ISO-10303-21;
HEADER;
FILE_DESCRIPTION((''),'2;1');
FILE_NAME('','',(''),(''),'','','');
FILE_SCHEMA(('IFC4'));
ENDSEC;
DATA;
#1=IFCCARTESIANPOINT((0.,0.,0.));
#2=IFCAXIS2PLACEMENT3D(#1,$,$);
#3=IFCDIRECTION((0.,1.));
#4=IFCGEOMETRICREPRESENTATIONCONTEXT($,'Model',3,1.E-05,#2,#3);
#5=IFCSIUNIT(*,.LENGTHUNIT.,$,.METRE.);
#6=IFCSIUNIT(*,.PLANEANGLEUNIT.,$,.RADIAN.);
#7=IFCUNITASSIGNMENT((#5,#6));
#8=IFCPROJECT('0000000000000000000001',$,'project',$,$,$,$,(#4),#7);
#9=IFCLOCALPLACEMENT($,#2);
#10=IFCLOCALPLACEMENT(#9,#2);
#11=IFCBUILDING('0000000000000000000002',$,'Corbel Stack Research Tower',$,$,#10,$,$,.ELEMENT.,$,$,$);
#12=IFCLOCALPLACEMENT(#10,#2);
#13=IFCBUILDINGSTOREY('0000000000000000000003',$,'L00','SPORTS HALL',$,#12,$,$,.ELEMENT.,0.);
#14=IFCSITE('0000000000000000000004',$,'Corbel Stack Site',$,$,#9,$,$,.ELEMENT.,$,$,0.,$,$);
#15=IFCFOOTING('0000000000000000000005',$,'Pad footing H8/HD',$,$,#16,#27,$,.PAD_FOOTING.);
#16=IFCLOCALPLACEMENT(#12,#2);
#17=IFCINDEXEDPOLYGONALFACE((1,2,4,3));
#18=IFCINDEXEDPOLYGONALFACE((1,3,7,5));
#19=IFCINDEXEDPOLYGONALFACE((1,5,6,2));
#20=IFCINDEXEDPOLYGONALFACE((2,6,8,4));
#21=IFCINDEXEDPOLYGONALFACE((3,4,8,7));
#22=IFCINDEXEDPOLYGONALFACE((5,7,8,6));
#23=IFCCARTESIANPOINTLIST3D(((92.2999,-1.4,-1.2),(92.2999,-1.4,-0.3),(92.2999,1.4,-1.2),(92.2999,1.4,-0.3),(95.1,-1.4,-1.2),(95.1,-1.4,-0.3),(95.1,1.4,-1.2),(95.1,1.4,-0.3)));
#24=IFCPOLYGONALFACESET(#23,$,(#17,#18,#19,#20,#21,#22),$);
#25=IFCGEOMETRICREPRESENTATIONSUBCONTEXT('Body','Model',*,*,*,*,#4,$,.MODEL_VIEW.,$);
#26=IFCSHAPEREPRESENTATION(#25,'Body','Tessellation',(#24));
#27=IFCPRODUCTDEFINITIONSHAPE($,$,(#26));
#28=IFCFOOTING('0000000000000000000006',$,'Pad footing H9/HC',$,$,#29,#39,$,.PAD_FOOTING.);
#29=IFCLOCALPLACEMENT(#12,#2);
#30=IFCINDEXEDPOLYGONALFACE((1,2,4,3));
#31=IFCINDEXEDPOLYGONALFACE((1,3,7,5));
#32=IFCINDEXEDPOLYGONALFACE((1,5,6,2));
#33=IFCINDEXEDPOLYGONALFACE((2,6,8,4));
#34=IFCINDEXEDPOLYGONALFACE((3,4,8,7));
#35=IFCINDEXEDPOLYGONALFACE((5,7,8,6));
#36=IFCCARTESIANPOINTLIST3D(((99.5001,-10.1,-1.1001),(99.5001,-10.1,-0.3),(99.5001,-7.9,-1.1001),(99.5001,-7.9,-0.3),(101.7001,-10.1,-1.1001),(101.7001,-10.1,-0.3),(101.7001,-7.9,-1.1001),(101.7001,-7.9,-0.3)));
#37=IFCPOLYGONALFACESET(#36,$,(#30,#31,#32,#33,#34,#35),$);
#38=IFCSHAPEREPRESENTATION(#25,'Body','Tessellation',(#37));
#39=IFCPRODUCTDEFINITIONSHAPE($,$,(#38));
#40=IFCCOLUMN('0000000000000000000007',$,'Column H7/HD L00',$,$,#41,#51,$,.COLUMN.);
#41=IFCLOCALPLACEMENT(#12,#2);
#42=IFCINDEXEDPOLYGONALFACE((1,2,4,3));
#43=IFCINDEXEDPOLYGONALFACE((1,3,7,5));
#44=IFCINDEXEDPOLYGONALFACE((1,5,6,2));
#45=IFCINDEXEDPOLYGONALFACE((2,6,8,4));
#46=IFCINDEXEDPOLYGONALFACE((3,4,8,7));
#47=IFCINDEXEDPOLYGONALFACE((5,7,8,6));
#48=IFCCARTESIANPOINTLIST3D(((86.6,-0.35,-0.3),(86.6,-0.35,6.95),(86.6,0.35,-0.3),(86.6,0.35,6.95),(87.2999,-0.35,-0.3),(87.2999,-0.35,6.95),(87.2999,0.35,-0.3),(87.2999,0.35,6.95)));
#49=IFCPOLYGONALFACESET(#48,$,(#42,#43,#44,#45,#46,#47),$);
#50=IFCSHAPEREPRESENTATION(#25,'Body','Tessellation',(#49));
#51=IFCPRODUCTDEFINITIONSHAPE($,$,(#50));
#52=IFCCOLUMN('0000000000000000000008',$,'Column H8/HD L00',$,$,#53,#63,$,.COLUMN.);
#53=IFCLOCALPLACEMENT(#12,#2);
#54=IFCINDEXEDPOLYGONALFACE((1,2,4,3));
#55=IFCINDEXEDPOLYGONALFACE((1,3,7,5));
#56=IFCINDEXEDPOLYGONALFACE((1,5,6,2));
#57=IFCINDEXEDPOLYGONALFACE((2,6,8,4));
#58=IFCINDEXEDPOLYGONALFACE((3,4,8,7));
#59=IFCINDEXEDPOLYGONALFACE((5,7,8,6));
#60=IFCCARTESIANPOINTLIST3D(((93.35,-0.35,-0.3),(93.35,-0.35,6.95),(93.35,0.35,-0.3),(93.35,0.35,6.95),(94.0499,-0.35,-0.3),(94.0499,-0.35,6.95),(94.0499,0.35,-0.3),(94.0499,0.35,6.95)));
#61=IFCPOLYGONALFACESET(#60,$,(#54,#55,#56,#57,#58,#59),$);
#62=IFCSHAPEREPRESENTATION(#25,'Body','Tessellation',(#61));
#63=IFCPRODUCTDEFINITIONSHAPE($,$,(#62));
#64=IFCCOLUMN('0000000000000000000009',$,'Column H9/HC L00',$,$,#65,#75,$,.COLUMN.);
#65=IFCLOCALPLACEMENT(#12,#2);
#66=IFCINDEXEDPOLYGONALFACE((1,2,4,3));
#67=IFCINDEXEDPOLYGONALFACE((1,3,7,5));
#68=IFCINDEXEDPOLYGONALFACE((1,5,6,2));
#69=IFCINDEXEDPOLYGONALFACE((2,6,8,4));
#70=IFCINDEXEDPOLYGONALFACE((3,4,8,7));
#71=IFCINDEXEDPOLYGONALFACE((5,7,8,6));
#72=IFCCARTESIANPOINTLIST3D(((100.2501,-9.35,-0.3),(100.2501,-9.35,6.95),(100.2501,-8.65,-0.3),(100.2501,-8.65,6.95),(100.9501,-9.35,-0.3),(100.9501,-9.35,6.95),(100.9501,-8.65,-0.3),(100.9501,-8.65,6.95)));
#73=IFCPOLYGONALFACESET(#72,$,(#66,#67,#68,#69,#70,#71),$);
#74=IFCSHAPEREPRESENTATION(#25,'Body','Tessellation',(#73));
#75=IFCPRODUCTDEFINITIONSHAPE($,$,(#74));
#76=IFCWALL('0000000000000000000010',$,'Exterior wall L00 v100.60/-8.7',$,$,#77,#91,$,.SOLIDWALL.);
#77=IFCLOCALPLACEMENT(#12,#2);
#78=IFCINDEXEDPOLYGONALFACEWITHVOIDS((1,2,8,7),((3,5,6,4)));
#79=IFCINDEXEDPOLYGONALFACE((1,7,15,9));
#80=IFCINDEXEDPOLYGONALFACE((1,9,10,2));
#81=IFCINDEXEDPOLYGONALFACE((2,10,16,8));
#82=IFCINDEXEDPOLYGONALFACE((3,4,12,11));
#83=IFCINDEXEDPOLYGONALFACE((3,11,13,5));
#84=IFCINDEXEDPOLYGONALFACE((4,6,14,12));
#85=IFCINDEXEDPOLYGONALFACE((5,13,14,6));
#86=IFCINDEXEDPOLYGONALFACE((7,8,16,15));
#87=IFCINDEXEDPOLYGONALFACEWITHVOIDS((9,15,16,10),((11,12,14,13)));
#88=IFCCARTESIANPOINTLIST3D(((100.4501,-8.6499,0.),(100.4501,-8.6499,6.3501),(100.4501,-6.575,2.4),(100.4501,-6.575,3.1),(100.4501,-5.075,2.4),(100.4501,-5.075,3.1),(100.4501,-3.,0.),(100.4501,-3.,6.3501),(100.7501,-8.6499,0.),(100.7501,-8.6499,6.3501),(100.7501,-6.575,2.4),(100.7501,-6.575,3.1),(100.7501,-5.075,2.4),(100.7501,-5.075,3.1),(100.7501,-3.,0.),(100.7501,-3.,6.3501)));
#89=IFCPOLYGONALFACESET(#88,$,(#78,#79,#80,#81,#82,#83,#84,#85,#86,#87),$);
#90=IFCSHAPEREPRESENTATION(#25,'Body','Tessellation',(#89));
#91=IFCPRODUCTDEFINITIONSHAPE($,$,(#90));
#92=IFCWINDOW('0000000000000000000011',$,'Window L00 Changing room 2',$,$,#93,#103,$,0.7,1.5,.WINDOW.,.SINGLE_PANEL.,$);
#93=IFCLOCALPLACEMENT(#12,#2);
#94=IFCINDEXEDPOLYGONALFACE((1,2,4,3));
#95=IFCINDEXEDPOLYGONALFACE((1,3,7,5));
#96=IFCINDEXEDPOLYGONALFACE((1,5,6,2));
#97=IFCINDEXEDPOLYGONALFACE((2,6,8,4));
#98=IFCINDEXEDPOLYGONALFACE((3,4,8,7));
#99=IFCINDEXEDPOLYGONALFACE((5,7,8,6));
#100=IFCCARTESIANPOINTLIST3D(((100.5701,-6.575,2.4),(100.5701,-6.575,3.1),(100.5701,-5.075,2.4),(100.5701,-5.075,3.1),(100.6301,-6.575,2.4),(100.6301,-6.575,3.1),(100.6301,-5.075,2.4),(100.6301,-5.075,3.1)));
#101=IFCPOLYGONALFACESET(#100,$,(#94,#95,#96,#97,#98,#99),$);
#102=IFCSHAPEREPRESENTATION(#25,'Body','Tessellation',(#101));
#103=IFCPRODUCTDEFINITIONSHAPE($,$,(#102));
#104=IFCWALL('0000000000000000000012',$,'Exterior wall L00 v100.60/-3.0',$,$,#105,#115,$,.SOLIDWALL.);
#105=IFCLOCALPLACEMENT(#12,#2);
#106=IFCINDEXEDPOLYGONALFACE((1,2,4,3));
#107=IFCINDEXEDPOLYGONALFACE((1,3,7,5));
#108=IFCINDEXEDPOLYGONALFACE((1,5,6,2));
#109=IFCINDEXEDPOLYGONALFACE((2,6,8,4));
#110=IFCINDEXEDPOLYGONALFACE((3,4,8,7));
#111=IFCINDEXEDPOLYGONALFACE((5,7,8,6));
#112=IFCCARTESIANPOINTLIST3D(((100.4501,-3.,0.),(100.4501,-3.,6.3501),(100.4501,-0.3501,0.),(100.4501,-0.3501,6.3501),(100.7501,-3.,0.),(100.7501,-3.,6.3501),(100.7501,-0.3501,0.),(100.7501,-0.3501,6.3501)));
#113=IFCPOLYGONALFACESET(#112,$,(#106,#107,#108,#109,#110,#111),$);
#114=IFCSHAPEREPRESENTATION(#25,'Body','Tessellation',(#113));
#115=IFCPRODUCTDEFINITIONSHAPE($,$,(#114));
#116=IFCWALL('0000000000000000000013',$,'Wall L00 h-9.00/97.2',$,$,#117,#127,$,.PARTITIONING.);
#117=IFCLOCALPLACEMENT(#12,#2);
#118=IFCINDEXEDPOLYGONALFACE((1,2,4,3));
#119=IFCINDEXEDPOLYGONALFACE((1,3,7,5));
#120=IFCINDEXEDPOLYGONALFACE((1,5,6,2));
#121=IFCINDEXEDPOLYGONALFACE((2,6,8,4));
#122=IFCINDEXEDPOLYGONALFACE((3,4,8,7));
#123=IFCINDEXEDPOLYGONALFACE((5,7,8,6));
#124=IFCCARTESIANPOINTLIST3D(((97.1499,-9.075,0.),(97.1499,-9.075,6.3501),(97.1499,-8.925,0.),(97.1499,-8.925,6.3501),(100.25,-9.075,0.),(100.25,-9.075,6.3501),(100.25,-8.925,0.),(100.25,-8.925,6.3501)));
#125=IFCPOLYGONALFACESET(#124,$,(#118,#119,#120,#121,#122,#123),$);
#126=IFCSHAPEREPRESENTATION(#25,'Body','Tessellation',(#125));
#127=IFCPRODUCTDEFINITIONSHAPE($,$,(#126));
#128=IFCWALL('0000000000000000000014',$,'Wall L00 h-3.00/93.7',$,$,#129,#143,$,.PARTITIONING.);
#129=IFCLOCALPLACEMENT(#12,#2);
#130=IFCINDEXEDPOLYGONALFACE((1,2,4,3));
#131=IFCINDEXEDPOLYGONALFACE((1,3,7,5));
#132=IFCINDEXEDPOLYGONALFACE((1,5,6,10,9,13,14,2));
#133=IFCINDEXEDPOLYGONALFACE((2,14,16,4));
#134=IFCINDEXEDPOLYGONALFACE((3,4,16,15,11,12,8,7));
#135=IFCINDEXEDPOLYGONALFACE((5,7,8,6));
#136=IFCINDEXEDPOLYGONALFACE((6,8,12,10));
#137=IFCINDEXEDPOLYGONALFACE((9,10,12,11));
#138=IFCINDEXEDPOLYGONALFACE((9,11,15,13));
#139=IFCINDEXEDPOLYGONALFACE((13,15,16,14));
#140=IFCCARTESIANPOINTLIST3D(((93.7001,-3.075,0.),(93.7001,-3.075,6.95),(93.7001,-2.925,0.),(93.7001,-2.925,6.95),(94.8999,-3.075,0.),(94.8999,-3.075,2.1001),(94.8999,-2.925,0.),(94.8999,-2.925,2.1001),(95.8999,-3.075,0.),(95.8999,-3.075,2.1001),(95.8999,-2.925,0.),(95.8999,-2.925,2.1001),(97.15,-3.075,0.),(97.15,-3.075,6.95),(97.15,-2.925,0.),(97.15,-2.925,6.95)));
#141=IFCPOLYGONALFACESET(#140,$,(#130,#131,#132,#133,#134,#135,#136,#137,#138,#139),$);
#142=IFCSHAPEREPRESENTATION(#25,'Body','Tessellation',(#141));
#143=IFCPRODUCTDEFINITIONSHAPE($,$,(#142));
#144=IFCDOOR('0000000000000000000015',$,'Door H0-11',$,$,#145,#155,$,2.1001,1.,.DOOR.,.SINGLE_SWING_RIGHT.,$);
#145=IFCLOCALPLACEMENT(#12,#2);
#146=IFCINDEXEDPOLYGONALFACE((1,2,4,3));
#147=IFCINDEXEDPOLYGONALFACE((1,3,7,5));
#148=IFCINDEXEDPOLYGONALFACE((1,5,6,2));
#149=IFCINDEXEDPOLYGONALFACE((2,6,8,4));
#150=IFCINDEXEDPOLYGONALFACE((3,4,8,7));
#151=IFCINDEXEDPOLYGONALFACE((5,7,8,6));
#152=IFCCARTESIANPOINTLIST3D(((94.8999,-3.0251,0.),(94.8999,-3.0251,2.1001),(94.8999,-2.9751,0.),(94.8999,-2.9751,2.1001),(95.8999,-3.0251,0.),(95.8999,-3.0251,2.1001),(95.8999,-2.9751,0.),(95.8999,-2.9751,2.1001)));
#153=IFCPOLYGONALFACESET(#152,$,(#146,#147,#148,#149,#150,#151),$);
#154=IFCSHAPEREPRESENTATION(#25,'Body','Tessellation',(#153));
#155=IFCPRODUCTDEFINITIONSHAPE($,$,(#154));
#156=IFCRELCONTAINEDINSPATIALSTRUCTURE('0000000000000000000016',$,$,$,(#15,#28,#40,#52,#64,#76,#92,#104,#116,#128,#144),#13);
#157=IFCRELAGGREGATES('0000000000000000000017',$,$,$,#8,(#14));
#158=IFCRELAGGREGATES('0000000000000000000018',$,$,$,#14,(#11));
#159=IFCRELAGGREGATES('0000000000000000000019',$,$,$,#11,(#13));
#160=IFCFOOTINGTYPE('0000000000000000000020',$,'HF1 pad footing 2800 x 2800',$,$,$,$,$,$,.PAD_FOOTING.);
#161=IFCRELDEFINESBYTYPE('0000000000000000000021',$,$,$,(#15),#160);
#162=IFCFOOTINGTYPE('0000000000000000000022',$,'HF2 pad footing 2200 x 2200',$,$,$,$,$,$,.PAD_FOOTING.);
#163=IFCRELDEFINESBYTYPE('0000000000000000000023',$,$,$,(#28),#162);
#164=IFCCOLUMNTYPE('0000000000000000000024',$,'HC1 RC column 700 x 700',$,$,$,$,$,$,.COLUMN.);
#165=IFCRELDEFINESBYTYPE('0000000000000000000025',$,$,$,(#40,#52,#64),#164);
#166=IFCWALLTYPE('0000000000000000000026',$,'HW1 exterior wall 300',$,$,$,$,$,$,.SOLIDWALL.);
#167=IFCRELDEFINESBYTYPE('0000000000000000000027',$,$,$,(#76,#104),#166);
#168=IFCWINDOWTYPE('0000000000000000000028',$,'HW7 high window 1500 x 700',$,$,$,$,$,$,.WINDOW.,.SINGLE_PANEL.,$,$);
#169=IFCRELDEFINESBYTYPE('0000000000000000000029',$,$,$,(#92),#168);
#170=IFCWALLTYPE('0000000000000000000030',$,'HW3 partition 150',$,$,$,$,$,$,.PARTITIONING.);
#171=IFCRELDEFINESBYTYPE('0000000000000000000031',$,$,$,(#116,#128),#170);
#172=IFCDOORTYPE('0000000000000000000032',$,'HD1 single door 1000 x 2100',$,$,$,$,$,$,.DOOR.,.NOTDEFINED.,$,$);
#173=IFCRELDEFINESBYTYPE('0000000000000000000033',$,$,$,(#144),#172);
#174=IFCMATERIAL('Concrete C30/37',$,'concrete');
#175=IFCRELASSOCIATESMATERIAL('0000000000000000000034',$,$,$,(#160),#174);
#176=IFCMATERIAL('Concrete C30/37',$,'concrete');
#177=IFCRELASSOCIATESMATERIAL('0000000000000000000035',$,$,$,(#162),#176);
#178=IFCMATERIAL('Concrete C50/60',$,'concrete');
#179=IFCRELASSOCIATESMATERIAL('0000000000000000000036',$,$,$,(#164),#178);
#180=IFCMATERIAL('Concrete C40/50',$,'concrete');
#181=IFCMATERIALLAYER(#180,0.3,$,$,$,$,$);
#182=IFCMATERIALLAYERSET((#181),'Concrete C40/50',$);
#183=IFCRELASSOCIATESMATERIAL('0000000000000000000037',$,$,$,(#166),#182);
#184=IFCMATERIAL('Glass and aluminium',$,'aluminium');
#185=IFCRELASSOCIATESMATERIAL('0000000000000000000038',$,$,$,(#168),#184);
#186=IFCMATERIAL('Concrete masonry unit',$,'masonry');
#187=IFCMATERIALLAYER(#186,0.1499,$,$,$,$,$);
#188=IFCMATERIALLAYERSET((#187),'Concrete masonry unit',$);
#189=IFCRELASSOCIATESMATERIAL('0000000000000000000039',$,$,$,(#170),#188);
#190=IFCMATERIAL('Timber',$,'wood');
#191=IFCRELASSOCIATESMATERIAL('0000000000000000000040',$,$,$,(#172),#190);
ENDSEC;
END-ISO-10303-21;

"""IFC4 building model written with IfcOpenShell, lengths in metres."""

from ifc_helpers import new_model, si_unit, direction, frame, frame_2d, origin, origin_2d, place, context, subcontext, project, spatial, rectangle, extrude, material, layer, layer_set, material_profile, profile_set, type_object, element, fill, save


model = new_model("IFC4")

# Units and contexts
model_context = context("Model", 3, precision=1e-05, world=origin(), true_north=direction((0.0, 1.0)))
body_context = subcontext(model_context, "Body", "Model", "MODEL_VIEW")
ifc_project = project(units=[si_unit("LENGTHUNIT", "METRE"), si_unit("PLANEANGLEUNIT", "RADIAN")], contexts=[model_context])

# Site, building, storey
site_placement = place(None, origin())
site = spatial("IfcSite", under=ifc_project, at=site_placement, Name="Corbel Stack Site", CompositionType="ELEMENT", RefElevation=0.0)
building_placement = place(site_placement, origin())
building = spatial("IfcBuilding", under=site, at=building_placement, Name="Corbel Stack Research Tower", CompositionType="ELEMENT")
storey_placement = place(building_placement, origin())
storey = spatial("IfcBuildingStorey", under=building, at=storey_placement, Name="L00", Description="SPORTS HALL", CompositionType="ELEMENT", Elevation=0.0)

# Footings
ifc_material_1 = material(Name="Concrete C30/37", Category="concrete")
footing_type_1 = type_object("IfcFootingType", Name="HF1 pad footing 2800 x 2800", PredefinedType="PAD_FOOTING", material=ifc_material_1)
footing_1_placement = place(storey_placement, frame((93.7, 0.0, -1.2), z_axis=(0.0, 0.0, 1.0), x_axis=(1.0, 0.0, 0.0)))
element("IfcFooting", 1, at=footing_1_placement, inside=storey, type_object=footing_type_1, Name="Pad footing H8/HD", PredefinedType="PAD_FOOTING", context=body_context, shape_type="SweptSolid", body=[
    extrude(rectangle(XDim=2.8, YDim=2.8, at=origin_2d()), origin(), (0.0, 0.0, 1.0), 0.8999),
])
ifc_material_2 = material(Name="Concrete C30/37", Category="concrete")
footing_type_2 = type_object("IfcFootingType", Name="HF2 pad footing 2200 x 2200", PredefinedType="PAD_FOOTING", material=ifc_material_2)
footing_2_placement = place(storey_placement, frame((100.6001, -9.0, -1.1001), z_axis=(0.0, 0.0, 1.0), x_axis=(1.0, 0.0, 0.0)))
element("IfcFooting", 2, at=footing_2_placement, inside=storey, type_object=footing_type_2, Name="Pad footing H9/HC", PredefinedType="PAD_FOOTING", context=body_context, shape_type="SweptSolid", body=[
    extrude(rectangle(XDim=2.2, YDim=2.2, at=origin_2d()), origin(), (0.0, 0.0, 1.0), 0.8),
])

# Columns
ifc_material_3 = material(Name="Concrete C50/60", Category="concrete")
ifc_material_profile = material_profile(ifc_material_3, rectangle(XDim=0.7, YDim=0.7, at=origin_2d()), Name="RC 700 x 700")
ifc_profile_set = profile_set([ifc_material_profile], Name="Concrete C50/60")
column_type = type_object("IfcColumnType", Name="HC1 RC column 700 x 700", PredefinedType="COLUMN", material=ifc_profile_set)
for number, where, z_axis, x_axis, name in (
    (3, (86.95, 0.0, -0.3), (0.0, 0.0, 1.0), (1.0, 0.0, 0.0), "Column H7/HD L00"),
    (4, (93.7, 0.0, -0.3), (0.0, 0.0, 1.0), (1.0, 0.0, 0.0), "Column H8/HD L00"),
    (5, (100.6001, -9.0, -0.3), (0.0, 0.0, 1.0), (1.0, 0.0, 0.0), "Column H9/HC L00"),
):
    element("IfcColumn", number, at=place(storey_placement, frame(where, z_axis=z_axis, x_axis=x_axis)), inside=storey, type_object=column_type, Name=name, PredefinedType="COLUMN", context=body_context, shape_type="SweptSolid", body=[
        extrude(rectangle(XDim=0.7, YDim=0.7, at=origin_2d()), origin(), (0.0, 0.0, 1.0), 7.25),
    ])

# Wall, opening, window
ifc_material_4 = material(Name="Concrete C40/50", Category="concrete")
ifc_layer_1 = layer(ifc_material_4, 0.3)
ifc_layer_set_1 = layer_set([ifc_layer_1], Name="Concrete C40/50")
wall_type_1 = type_object("IfcWallType", Name="HW1 exterior wall 300", PredefinedType="SOLIDWALL", material=ifc_layer_set_1)
wall_1_placement = place(storey_placement, frame((100.6001, -8.6499, 0.0), z_axis=(0.0, 0.0, 1.0), x_axis=(0.0, 1.0, 0.0)))
wall_1 = element("IfcWall", 6, at=wall_1_placement, inside=storey, type_object=wall_type_1, Name="Exterior wall L00 v100.60/-8.7", PredefinedType="SOLIDWALL", context=body_context, shape_type="SweptSolid", body=[
    extrude(rectangle(XDim=5.6499, YDim=0.3, at=frame_2d((2.825, 0.0))), origin(), (0.0, 0.0, 1.0), 6.3501),
])
opening_1_placement = place(wall_1_placement, frame((2.075, 0.0, 2.3999)))
opening_1 = element("IfcOpeningElement", 7, at=opening_1_placement, cuts=wall_1, PredefinedType="OPENING", context=body_context, shape_type="SweptSolid", body=[
    extrude(rectangle(XDim=1.5, YDim=0.7, at=frame_2d((0.75, 0.3501))), frame((0.0, 0.1599, 0.0), z_axis=(0.0, -1.0, 0.0), x_axis=(1.0, 0.0, 0.0)), (0.0, 0.0, 1.0), 0.3201),
])
ifc_material_5 = material(Name="Glass and aluminium", Category="aluminium")
window_type = type_object("IfcWindowType", Name="HW7 high window 1500 x 700", PartitioningType="SINGLE_PANEL", PredefinedType="WINDOW", material=ifc_material_5)
window_placement = place(opening_1_placement, origin())
window = element("IfcWindow", 8, at=window_placement, inside=storey, type_object=window_type, Name="Window L00 Changing room 2", OverallHeight=0.7, OverallWidth=1.5, PartitioningType="SINGLE_PANEL", PredefinedType="WINDOW", context=body_context, shape_type="SweptSolid", body=[
    extrude(rectangle(XDim=1.5, YDim=0.7, at=frame_2d((0.75, 0.3501))), frame((0.0, 0.03, 0.0), z_axis=(0.0, -1.0, 0.0), x_axis=(1.0, 0.0, 0.0)), (0.0, 0.0, 1.0), 0.0601),
])
fill(opening_1, window)

# Walls
wall_2_placement = place(storey_placement, frame((100.6001, -3.0, 0.0), z_axis=(0.0, 0.0, 1.0), x_axis=(0.0, 1.0, 0.0)))
element("IfcWall", 9, at=wall_2_placement, inside=storey, type_object=wall_type_1, Name="Exterior wall L00 v100.60/-3.0", PredefinedType="SOLIDWALL", context=body_context, shape_type="SweptSolid", body=[
    extrude(rectangle(XDim=2.6499, YDim=0.3, at=frame_2d((1.325, 0.0))), origin(), (0.0, 0.0, 1.0), 6.3501),
])
ifc_material_6 = material(Name="Concrete masonry unit", Category="masonry")
ifc_layer_2 = layer(ifc_material_6, 0.1499)
ifc_layer_set_2 = layer_set([ifc_layer_2], Name="Concrete masonry unit")
wall_type_2 = type_object("IfcWallType", Name="HW3 partition 150", PredefinedType="PARTITIONING", material=ifc_layer_set_2)
wall_3_placement = place(storey_placement, frame((97.1499, -9.0, 0.0), z_axis=(0.0, 0.0, 1.0), x_axis=(1.0, 0.0, 0.0)))
element("IfcWall", 10, at=wall_3_placement, inside=storey, type_object=wall_type_2, Name="Wall L00 h-9.00/97.2", PredefinedType="PARTITIONING", context=body_context, shape_type="SweptSolid", body=[
    extrude(rectangle(XDim=3.1001, YDim=0.1499, at=frame_2d((1.55, 0.0))), origin(), (0.0, 0.0, 1.0), 6.3501),
])

# Wall, opening, door
wall_4_placement = place(storey_placement, frame((93.7, -3.0, 0.0), z_axis=(0.0, 0.0, 1.0), x_axis=(1.0, 0.0, 0.0)))
wall_4 = element("IfcWall", 11, at=wall_4_placement, inside=storey, type_object=wall_type_2, Name="Wall L00 h-3.00/93.7", PredefinedType="PARTITIONING", context=body_context, shape_type="SweptSolid", body=[
    extrude(rectangle(XDim=3.45, YDim=0.1499, at=frame_2d((1.7251, 0.0))), origin(), (0.0, 0.0, 1.0), 6.95),
])
opening_2_placement = place(wall_4_placement, frame((1.2, 0.0, 0.0)))
opening_2 = element("IfcOpeningElement", 12, at=opening_2_placement, cuts=wall_4, PredefinedType="OPENING", context=body_context, shape_type="SweptSolid", body=[
    extrude(rectangle(XDim=1.0, YDim=2.1001, at=frame_2d((0.5, 1.05))), frame((0.0, 0.085, 0.0), z_axis=(0.0, -1.0, 0.0), x_axis=(1.0, 0.0, 0.0)), (0.0, 0.0, 1.0), 0.1699),
])
ifc_material_7 = material(Name="Timber", Category="wood")
door_type_1 = type_object("IfcDoorType", Name="HD1 single door 1000 x 2100", OperationType="NOTDEFINED", PredefinedType="DOOR", material=ifc_material_7)
door_1_placement = place(opening_2_placement, origin())
door_1 = element("IfcDoor", 13, at=door_1_placement, inside=storey, type_object=door_type_1, Name="Door H0-11", OperationType="SINGLE_SWING_RIGHT", OverallHeight=2.1001, OverallWidth=1.0, PredefinedType="DOOR", context=body_context, shape_type="SweptSolid", body=[
    extrude(rectangle(XDim=1.0, YDim=2.1001, at=frame_2d((0.5, 1.05))), frame((0.0, 0.0249, 0.0), z_axis=(0.0, -1.0, 0.0), x_axis=(1.0, 0.0, 0.0)), (0.0, 0.0, 1.0), 0.05),
])
fill(opening_2, door_1)

save(model, "model.ifc")
